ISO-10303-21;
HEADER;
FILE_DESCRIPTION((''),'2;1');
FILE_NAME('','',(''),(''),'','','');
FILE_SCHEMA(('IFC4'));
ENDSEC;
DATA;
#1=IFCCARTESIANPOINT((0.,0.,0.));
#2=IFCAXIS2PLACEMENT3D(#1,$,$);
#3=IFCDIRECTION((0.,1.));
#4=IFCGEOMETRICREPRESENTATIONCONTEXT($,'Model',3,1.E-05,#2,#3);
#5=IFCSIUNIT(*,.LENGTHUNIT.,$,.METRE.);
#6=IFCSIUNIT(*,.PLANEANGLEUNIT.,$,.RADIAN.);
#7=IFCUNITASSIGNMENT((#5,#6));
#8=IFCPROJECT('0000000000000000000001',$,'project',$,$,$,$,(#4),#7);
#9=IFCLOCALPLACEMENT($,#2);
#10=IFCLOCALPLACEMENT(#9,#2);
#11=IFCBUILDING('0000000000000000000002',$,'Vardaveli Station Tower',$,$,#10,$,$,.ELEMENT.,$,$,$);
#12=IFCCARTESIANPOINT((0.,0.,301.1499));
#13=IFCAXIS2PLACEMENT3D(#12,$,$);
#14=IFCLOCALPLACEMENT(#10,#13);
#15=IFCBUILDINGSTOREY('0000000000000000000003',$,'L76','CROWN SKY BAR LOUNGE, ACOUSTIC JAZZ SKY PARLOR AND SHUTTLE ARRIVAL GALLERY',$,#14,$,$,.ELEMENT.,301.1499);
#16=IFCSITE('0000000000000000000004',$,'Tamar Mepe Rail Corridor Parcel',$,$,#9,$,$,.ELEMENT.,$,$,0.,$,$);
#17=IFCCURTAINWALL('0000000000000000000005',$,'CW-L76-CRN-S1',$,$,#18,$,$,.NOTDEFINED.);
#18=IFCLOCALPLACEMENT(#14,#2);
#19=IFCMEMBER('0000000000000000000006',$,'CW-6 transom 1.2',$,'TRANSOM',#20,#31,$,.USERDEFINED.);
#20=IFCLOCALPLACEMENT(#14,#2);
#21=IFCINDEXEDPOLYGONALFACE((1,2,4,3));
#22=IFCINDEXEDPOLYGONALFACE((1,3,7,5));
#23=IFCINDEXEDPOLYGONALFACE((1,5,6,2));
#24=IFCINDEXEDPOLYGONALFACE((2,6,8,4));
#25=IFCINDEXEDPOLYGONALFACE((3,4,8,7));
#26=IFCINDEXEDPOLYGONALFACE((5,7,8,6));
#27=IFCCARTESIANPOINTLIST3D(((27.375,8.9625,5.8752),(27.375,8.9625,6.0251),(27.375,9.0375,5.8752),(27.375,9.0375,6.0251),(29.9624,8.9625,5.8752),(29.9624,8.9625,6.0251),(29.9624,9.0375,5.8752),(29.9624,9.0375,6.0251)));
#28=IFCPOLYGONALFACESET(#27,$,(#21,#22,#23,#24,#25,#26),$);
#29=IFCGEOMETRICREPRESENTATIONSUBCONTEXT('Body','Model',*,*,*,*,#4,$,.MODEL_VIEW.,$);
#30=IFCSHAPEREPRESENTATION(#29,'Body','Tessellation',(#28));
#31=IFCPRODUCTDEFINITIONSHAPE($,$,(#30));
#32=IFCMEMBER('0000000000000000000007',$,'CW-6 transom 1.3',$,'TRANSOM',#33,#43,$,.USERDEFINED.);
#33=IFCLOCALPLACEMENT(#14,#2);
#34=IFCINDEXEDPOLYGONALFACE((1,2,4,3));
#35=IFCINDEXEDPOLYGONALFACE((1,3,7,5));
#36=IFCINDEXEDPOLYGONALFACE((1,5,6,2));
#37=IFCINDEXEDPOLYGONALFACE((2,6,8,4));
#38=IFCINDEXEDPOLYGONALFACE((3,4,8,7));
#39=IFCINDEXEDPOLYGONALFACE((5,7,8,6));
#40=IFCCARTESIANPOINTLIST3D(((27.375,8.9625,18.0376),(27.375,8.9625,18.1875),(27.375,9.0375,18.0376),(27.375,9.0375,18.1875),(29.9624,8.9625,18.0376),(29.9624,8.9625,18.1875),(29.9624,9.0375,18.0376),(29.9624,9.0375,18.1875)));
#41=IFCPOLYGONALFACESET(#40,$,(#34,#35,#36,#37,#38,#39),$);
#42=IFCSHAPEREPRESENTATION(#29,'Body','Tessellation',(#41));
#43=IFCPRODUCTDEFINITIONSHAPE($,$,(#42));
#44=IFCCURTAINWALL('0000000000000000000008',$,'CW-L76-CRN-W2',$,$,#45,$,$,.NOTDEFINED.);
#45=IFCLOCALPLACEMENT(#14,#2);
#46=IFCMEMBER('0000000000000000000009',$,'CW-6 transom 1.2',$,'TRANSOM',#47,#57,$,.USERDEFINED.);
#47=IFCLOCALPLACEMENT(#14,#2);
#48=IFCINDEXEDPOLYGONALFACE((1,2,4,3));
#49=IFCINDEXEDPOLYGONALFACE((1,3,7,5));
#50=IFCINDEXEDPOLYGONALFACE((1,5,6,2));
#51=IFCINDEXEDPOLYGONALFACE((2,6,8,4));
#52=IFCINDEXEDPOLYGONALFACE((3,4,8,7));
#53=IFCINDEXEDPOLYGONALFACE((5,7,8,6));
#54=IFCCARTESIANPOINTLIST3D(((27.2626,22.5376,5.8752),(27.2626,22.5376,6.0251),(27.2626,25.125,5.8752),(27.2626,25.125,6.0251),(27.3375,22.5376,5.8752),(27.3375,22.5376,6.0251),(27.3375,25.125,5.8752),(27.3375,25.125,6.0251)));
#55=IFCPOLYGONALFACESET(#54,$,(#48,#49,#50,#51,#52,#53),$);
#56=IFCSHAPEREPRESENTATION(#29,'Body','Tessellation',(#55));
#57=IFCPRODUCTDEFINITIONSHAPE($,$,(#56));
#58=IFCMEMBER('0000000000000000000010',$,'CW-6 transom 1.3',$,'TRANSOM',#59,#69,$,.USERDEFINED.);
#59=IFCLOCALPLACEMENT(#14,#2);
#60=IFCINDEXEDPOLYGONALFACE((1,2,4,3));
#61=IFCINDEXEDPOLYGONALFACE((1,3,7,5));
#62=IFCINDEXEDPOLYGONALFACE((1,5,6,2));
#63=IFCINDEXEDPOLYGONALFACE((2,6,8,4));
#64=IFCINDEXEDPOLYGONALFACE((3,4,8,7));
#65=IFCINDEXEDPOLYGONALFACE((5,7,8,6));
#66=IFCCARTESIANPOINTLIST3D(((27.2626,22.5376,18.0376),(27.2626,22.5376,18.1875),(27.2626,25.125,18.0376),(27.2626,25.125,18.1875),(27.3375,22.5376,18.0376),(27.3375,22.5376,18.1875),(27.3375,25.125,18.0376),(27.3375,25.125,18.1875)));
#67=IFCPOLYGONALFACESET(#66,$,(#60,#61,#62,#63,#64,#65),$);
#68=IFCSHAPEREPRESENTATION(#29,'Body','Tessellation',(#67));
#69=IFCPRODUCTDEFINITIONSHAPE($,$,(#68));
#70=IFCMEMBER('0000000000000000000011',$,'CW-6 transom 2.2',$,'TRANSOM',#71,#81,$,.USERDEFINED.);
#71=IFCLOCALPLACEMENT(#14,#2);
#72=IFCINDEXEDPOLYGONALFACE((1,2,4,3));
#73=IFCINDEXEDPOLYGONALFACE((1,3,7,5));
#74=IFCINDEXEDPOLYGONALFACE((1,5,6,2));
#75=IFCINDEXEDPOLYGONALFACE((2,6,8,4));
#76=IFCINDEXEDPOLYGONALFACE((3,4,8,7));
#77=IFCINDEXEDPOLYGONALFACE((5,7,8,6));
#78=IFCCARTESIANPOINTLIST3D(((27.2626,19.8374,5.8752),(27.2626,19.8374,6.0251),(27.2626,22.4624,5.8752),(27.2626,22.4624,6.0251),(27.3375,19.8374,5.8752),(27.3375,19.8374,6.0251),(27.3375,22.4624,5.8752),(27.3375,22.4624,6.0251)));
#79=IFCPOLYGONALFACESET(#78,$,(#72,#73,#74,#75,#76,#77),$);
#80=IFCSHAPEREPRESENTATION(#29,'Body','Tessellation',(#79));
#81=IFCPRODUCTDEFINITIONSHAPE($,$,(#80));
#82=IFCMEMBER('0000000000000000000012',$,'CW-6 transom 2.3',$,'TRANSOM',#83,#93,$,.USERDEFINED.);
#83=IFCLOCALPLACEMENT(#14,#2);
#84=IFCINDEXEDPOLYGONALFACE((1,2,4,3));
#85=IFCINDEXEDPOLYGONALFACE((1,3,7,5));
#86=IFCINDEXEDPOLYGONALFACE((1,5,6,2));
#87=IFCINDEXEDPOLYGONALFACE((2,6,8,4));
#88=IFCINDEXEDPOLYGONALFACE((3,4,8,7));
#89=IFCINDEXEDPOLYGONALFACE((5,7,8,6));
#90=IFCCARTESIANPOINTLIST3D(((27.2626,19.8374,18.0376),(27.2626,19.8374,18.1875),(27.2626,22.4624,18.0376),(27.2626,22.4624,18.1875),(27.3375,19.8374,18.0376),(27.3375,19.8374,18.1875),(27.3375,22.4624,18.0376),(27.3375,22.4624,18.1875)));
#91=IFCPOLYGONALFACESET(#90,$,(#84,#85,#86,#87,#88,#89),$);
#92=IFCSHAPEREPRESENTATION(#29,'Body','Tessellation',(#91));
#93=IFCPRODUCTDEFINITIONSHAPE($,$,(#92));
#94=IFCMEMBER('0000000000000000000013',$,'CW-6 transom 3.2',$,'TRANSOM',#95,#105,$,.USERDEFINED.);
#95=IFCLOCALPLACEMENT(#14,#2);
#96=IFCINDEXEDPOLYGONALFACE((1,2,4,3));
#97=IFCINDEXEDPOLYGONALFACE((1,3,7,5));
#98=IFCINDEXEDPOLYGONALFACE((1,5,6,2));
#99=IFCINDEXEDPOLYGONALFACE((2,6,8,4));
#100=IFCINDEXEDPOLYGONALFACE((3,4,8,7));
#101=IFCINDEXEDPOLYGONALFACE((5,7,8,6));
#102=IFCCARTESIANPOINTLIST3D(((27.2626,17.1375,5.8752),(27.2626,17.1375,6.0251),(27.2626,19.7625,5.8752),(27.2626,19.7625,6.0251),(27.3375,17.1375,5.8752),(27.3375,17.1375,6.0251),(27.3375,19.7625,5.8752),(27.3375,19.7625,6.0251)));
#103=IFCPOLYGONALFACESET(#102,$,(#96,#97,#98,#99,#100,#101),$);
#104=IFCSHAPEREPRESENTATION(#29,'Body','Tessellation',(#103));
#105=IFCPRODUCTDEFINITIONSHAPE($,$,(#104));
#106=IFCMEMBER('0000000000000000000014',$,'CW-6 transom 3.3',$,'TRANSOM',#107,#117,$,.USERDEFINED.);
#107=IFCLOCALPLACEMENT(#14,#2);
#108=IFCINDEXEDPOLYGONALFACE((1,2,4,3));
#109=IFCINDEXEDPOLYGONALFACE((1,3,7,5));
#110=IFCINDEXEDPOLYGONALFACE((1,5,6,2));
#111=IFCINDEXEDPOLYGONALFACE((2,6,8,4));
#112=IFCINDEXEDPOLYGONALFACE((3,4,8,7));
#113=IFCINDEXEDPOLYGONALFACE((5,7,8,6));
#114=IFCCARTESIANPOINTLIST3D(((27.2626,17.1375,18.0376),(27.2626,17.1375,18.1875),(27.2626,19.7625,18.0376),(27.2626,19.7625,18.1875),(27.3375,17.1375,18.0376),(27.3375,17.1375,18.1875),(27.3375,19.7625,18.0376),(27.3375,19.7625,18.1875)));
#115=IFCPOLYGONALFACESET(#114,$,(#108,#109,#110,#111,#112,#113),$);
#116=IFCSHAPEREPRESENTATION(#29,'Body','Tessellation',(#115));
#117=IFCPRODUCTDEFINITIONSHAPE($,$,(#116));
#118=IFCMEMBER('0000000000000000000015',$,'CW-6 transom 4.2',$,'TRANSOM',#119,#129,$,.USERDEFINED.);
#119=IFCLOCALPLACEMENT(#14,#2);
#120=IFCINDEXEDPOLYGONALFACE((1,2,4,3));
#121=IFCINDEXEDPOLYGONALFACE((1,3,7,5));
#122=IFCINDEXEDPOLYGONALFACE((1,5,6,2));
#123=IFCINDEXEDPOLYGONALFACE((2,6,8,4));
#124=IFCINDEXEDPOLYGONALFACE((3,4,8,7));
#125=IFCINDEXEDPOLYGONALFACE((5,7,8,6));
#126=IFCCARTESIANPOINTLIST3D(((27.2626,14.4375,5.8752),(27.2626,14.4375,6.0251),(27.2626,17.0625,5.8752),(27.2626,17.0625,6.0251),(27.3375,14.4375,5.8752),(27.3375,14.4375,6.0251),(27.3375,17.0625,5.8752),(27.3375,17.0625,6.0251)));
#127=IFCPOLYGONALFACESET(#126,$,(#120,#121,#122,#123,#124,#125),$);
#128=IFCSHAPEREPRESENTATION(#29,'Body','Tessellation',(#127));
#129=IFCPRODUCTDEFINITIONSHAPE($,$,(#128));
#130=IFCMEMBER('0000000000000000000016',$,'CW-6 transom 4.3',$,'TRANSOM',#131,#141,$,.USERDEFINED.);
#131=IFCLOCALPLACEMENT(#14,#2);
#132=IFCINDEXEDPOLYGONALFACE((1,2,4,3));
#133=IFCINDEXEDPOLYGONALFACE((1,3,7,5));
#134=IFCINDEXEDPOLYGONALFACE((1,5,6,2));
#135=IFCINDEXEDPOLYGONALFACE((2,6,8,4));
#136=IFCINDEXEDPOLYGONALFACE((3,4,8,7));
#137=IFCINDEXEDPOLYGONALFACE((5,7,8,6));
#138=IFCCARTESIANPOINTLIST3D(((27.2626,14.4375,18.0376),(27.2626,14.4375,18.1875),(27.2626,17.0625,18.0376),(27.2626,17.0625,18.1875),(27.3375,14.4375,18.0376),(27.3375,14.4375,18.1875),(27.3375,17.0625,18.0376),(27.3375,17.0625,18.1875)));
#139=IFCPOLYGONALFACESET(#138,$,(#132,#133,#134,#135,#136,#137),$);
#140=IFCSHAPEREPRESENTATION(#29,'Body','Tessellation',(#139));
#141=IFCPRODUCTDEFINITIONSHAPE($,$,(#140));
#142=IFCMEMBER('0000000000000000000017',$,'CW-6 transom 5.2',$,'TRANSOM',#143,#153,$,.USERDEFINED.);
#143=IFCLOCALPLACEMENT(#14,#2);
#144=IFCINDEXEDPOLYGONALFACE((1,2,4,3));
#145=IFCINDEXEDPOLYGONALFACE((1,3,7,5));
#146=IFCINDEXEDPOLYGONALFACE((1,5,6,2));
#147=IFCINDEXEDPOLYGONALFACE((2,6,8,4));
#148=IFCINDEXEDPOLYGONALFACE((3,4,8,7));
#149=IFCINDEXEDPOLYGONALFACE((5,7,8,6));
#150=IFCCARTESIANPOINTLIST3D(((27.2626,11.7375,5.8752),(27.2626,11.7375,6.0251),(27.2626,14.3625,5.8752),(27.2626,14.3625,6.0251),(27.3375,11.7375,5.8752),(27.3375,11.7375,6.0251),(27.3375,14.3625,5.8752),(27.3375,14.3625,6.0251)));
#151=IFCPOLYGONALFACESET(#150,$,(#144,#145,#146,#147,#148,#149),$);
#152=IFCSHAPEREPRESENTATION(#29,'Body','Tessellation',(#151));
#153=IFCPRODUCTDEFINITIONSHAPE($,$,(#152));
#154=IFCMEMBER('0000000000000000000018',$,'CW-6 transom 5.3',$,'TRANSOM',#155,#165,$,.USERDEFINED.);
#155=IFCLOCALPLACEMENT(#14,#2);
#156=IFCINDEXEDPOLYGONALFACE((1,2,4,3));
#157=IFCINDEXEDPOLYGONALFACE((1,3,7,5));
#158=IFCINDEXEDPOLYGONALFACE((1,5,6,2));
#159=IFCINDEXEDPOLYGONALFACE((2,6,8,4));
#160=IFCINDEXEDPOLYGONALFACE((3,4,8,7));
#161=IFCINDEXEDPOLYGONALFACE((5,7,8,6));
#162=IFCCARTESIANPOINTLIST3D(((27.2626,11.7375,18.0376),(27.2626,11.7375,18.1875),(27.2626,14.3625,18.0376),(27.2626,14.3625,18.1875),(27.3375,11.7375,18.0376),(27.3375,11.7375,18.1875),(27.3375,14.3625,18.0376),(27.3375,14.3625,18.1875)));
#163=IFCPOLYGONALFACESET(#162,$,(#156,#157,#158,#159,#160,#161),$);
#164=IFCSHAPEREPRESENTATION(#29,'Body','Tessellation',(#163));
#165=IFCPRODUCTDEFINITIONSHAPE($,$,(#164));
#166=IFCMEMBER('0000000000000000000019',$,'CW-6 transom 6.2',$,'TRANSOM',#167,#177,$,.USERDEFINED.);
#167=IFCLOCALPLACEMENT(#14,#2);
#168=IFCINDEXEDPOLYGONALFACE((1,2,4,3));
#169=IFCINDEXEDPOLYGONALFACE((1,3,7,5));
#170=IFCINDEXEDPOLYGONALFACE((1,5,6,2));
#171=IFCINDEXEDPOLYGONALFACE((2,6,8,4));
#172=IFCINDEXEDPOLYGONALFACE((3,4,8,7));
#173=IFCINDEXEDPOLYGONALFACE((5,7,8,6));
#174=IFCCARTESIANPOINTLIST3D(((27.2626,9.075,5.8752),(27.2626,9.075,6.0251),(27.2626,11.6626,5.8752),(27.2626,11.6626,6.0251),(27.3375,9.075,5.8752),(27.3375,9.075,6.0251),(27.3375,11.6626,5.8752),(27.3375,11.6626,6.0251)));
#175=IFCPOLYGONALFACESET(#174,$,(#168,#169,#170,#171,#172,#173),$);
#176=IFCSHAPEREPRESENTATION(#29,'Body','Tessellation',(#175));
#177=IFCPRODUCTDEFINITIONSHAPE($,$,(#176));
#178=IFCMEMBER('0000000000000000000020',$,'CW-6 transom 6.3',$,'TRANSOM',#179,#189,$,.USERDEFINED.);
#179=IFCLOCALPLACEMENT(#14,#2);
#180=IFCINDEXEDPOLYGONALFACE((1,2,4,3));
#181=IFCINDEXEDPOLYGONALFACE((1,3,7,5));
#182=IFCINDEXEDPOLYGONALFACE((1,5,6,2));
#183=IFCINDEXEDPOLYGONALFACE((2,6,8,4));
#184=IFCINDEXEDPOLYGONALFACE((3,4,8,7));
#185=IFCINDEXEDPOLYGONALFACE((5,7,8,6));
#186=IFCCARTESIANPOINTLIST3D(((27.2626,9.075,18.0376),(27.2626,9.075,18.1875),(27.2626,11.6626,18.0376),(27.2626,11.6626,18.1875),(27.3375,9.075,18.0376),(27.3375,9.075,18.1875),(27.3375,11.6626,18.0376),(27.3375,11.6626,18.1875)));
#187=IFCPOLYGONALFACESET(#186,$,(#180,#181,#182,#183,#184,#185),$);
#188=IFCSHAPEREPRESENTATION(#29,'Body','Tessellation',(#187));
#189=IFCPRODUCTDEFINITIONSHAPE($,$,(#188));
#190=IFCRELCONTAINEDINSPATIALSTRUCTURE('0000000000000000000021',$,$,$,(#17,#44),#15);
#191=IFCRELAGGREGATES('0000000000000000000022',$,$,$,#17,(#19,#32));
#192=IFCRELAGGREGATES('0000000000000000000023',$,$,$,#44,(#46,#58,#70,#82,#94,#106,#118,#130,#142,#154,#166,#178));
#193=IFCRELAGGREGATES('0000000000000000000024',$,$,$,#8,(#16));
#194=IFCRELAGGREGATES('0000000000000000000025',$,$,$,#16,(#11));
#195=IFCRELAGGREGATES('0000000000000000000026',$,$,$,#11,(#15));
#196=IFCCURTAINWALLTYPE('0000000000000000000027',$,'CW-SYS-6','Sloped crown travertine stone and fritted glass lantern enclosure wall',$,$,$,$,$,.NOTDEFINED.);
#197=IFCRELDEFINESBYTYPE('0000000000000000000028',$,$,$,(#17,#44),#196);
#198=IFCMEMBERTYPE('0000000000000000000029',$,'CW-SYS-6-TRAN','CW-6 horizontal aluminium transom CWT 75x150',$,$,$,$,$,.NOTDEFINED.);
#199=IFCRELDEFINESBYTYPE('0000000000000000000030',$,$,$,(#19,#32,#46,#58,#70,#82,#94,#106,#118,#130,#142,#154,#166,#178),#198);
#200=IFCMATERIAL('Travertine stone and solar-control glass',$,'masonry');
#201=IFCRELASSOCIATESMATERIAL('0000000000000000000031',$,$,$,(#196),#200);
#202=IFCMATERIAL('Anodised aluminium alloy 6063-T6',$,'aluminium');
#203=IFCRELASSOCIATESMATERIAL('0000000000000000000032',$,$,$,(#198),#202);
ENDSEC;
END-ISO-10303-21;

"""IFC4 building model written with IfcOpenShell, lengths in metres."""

from ifc_helpers import new_model, si_unit, direction, frame, origin, origin_2d, place, context, subcontext, project, spatial, rectangle, extrude, source, transform, mapped, material, material_profile, profile_set, type_object, element, aggregate, save


model = new_model("IFC4")

# Units and contexts
model_context = context("Model", 3, precision=1e-05, world=origin(), true_north=direction((0.0, 1.0)))
body_context = subcontext(model_context, "Body", "Model", "MODEL_VIEW")
ifc_project = project(units=[si_unit("LENGTHUNIT", "METRE"), si_unit("PLANEANGLEUNIT", "RADIAN")], contexts=[model_context])

# Site, building, storey
site_placement = place(None, origin())
site = spatial("IfcSite", under=ifc_project, at=site_placement, Name="Tamar Mepe Rail Corridor Parcel", CompositionType="ELEMENT", RefElevation=0.0)
building_placement = place(site_placement, origin())
building = spatial("IfcBuilding", under=site, at=building_placement, Name="Vardaveli Station Tower", CompositionType="ELEMENT")
storey_placement = place(building_placement, frame((0.0, 0.0, 301.1499)))
storey = spatial("IfcBuildingStorey", under=building, at=storey_placement, Name="L76", Description="CROWN SKY BAR LOUNGE, ACOUSTIC JAZZ SKY PARLOR AND SHUTTLE ARRIVAL GALLERY", CompositionType="ELEMENT", Elevation=301.1499)

# Curtain walls, members
ifc_material_1 = material(Name="Travertine stone and solar-control glass", Category="masonry")
curtain_wall_type = type_object("IfcCurtainWallType", Name="CW-SYS-6", Description="Sloped crown travertine stone and fritted glass lantern enclosure wall", PredefinedType="NOTDEFINED", material=ifc_material_1)
curtain_wall_1_placement = place(storey_placement, origin())
curtain_wall_1 = element("IfcCurtainWall", 1, at=curtain_wall_1_placement, inside=storey, type_object=curtain_wall_type, Name="CW-L76-CRN-S1", PredefinedType="NOTDEFINED")
ifc_material_2 = material(Name="Anodised aluminium alloy 6063-T6", Category="aluminium")
ifc_material_profile = material_profile(ifc_material_2, rectangle(XDim=0.075, YDim=0.1499, at=origin_2d()), Name="CWT 75x150")
ifc_profile_set = profile_set([ifc_material_profile], Name="Anodised aluminium alloy 6063-T6")
member_type = type_object("IfcMemberType", Name="CW-SYS-6-TRAN", Description="CW-6 horizontal aluminium transom CWT 75x150", PredefinedType="NOTDEFINED", material=ifc_profile_set)
shared_shape_1 = source(origin(), body_context, "Body", "SweptSolid", [
    extrude(rectangle(XDim=0.075, YDim=0.1499, at=origin_2d()), origin(), (0.0, 0.0, 1.0), 2.5874),
])
member_1_placement = place(storey_placement, frame((27.375, 9.0, 5.9502), z_axis=(1.0, 0.0, 0.0), x_axis=(0.0, 1.0, 0.0)))
member_1 = element("IfcMember", 2, at=member_1_placement, type_object=member_type, Name="CW-6 transom 1.2", ObjectType="TRANSOM", PredefinedType="USERDEFINED", context=body_context, shape_type="MappedRepresentation", body=[
    mapped(shared_shape_1, transform((0.0, 0.0, 0.0), scale=1.0)),
])
member_2_placement = place(storey_placement, frame((27.375, 9.0, 18.1125), z_axis=(1.0, 0.0, 0.0), x_axis=(0.0, 1.0, 0.0)))
member_2 = element("IfcMember", 3, at=member_2_placement, type_object=member_type, Name="CW-6 transom 1.3", ObjectType="TRANSOM", PredefinedType="USERDEFINED", context=body_context, shape_type="MappedRepresentation", body=[
    mapped(shared_shape_1, transform((0.0, 0.0, 0.0), scale=1.0)),
])
aggregate(curtain_wall_1, [member_1, member_2])
curtain_wall_2_placement = place(storey_placement, origin())
curtain_wall_2 = element("IfcCurtainWall", 4, at=curtain_wall_2_placement, inside=storey, type_object=curtain_wall_type, Name="CW-L76-CRN-W2", PredefinedType="NOTDEFINED")
member_3_placement = place(storey_placement, frame((27.3, 25.125, 5.9502), z_axis=(0.0, -1.0, 0.0), x_axis=(1.0, 0.0, 0.0)))
member_3 = element("IfcMember", 5, at=member_3_placement, type_object=member_type, Name="CW-6 transom 1.2", ObjectType="TRANSOM", PredefinedType="USERDEFINED", context=body_context, shape_type="MappedRepresentation", body=[
    mapped(shared_shape_1, transform((0.0, 0.0, 0.0), scale=1.0)),
])
member_4_placement = place(storey_placement, frame((27.3, 25.125, 18.1125), z_axis=(0.0, -1.0, 0.0), x_axis=(1.0, 0.0, 0.0)))
member_4 = element("IfcMember", 6, at=member_4_placement, type_object=member_type, Name="CW-6 transom 1.3", ObjectType="TRANSOM", PredefinedType="USERDEFINED", context=body_context, shape_type="MappedRepresentation", body=[
    mapped(shared_shape_1, transform((0.0, 0.0, 0.0), scale=1.0)),
])
shared_shape_2 = source(origin(), body_context, "Body", "SweptSolid", [
    extrude(rectangle(XDim=0.075, YDim=0.1499, at=origin_2d()), origin(), (0.0, 0.0, 1.0), 2.625),
])
member_5_placement = place(storey_placement, frame((27.3, 22.4624, 5.9502), z_axis=(0.0, -1.0, 0.0), x_axis=(1.0, 0.0, 0.0)))
member_5 = element("IfcMember", 7, at=member_5_placement, type_object=member_type, Name="CW-6 transom 2.2", ObjectType="TRANSOM", PredefinedType="USERDEFINED", context=body_context, shape_type="MappedRepresentation", body=[
    mapped(shared_shape_2, transform((0.0, 0.0, 0.0), scale=1.0)),
])
member_6_placement = place(storey_placement, frame((27.3, 22.4624, 18.1125), z_axis=(0.0, -1.0, 0.0), x_axis=(1.0, 0.0, 0.0)))
member_6 = element("IfcMember", 8, at=member_6_placement, type_object=member_type, Name="CW-6 transom 2.3", ObjectType="TRANSOM", PredefinedType="USERDEFINED", context=body_context, shape_type="MappedRepresentation", body=[
    mapped(shared_shape_2, transform((0.0, 0.0, 0.0), scale=1.0)),
])
member_7_placement = place(storey_placement, frame((27.3, 19.7625, 5.9502), z_axis=(0.0, -1.0, 0.0), x_axis=(1.0, 0.0, 0.0)))
member_7 = element("IfcMember", 9, at=member_7_placement, type_object=member_type, Name="CW-6 transom 3.2", ObjectType="TRANSOM", PredefinedType="USERDEFINED", context=body_context, shape_type="MappedRepresentation", body=[
    mapped(shared_shape_2, transform((0.0, 0.0, 0.0), scale=1.0)),
])
member_8_placement = place(storey_placement, frame((27.3, 19.7625, 18.1125), z_axis=(0.0, -1.0, 0.0), x_axis=(1.0, 0.0, 0.0)))
member_8 = element("IfcMember", 10, at=member_8_placement, type_object=member_type, Name="CW-6 transom 3.3", ObjectType="TRANSOM", PredefinedType="USERDEFINED", context=body_context, shape_type="MappedRepresentation", body=[
    mapped(shared_shape_2, transform((0.0, 0.0, 0.0), scale=1.0)),
])
member_9_placement = place(storey_placement, frame((27.3, 17.0625, 5.9502), z_axis=(0.0, -1.0, 0.0), x_axis=(1.0, 0.0, 0.0)))
member_9 = element("IfcMember", 11, at=member_9_placement, type_object=member_type, Name="CW-6 transom 4.2", ObjectType="TRANSOM", PredefinedType="USERDEFINED", context=body_context, shape_type="MappedRepresentation", body=[
    mapped(shared_shape_2, transform((0.0, 0.0, 0.0), scale=1.0)),
])
member_10_placement = place(storey_placement, frame((27.3, 17.0625, 18.1125), z_axis=(0.0, -1.0, 0.0), x_axis=(1.0, 0.0, 0.0)))
member_10 = element("IfcMember", 12, at=member_10_placement, type_object=member_type, Name="CW-6 transom 4.3", ObjectType="TRANSOM", PredefinedType="USERDEFINED", context=body_context, shape_type="MappedRepresentation", body=[
    mapped(shared_shape_2, transform((0.0, 0.0, 0.0), scale=1.0)),
])
member_11_placement = place(storey_placement, frame((27.3, 14.3625, 5.9502), z_axis=(0.0, -1.0, 0.0), x_axis=(1.0, 0.0, 0.0)))
member_11 = element("IfcMember", 13, at=member_11_placement, type_object=member_type, Name="CW-6 transom 5.2", ObjectType="TRANSOM", PredefinedType="USERDEFINED", context=body_context, shape_type="MappedRepresentation", body=[
    mapped(shared_shape_2, transform((0.0, 0.0, 0.0), scale=1.0)),
])
member_12_placement = place(storey_placement, frame((27.3, 14.3625, 18.1125), z_axis=(0.0, -1.0, 0.0), x_axis=(1.0, 0.0, 0.0)))
member_12 = element("IfcMember", 14, at=member_12_placement, type_object=member_type, Name="CW-6 transom 5.3", ObjectType="TRANSOM", PredefinedType="USERDEFINED", context=body_context, shape_type="MappedRepresentation", body=[
    mapped(shared_shape_2, transform((0.0, 0.0, 0.0), scale=1.0)),
])
shared_shape_3 = source(origin(), body_context, "Body", "SweptSolid", [
    extrude(rectangle(XDim=0.075, YDim=0.1499, at=origin_2d()), origin(), (0.0, 0.0, 1.0), 2.5876),
])
member_13_placement = place(storey_placement, frame((27.3, 11.6626, 5.9502), z_axis=(0.0, -1.0, 0.0), x_axis=(1.0, 0.0, 0.0)))
member_13 = element("IfcMember", 15, at=member_13_placement, type_object=member_type, Name="CW-6 transom 6.2", ObjectType="TRANSOM", PredefinedType="USERDEFINED", context=body_context, shape_type="MappedRepresentation", body=[
    mapped(shared_shape_3, transform((0.0, 0.0, 0.0), scale=1.0)),
])
member_14_placement = place(storey_placement, frame((27.3, 11.6626, 18.1125), z_axis=(0.0, -1.0, 0.0), x_axis=(1.0, 0.0, 0.0)))
member_14 = element("IfcMember", 16, at=member_14_placement, type_object=member_type, Name="CW-6 transom 6.3", ObjectType="TRANSOM", PredefinedType="USERDEFINED", context=body_context, shape_type="MappedRepresentation", body=[
    mapped(shared_shape_3, transform((0.0, 0.0, 0.0), scale=1.0)),
])

aggregate(curtain_wall_2, [member_3, member_4, member_5, member_6, member_7, member_8, member_9, member_10, member_11, member_12, member_13, member_14])

save(model, "model.ifc")
